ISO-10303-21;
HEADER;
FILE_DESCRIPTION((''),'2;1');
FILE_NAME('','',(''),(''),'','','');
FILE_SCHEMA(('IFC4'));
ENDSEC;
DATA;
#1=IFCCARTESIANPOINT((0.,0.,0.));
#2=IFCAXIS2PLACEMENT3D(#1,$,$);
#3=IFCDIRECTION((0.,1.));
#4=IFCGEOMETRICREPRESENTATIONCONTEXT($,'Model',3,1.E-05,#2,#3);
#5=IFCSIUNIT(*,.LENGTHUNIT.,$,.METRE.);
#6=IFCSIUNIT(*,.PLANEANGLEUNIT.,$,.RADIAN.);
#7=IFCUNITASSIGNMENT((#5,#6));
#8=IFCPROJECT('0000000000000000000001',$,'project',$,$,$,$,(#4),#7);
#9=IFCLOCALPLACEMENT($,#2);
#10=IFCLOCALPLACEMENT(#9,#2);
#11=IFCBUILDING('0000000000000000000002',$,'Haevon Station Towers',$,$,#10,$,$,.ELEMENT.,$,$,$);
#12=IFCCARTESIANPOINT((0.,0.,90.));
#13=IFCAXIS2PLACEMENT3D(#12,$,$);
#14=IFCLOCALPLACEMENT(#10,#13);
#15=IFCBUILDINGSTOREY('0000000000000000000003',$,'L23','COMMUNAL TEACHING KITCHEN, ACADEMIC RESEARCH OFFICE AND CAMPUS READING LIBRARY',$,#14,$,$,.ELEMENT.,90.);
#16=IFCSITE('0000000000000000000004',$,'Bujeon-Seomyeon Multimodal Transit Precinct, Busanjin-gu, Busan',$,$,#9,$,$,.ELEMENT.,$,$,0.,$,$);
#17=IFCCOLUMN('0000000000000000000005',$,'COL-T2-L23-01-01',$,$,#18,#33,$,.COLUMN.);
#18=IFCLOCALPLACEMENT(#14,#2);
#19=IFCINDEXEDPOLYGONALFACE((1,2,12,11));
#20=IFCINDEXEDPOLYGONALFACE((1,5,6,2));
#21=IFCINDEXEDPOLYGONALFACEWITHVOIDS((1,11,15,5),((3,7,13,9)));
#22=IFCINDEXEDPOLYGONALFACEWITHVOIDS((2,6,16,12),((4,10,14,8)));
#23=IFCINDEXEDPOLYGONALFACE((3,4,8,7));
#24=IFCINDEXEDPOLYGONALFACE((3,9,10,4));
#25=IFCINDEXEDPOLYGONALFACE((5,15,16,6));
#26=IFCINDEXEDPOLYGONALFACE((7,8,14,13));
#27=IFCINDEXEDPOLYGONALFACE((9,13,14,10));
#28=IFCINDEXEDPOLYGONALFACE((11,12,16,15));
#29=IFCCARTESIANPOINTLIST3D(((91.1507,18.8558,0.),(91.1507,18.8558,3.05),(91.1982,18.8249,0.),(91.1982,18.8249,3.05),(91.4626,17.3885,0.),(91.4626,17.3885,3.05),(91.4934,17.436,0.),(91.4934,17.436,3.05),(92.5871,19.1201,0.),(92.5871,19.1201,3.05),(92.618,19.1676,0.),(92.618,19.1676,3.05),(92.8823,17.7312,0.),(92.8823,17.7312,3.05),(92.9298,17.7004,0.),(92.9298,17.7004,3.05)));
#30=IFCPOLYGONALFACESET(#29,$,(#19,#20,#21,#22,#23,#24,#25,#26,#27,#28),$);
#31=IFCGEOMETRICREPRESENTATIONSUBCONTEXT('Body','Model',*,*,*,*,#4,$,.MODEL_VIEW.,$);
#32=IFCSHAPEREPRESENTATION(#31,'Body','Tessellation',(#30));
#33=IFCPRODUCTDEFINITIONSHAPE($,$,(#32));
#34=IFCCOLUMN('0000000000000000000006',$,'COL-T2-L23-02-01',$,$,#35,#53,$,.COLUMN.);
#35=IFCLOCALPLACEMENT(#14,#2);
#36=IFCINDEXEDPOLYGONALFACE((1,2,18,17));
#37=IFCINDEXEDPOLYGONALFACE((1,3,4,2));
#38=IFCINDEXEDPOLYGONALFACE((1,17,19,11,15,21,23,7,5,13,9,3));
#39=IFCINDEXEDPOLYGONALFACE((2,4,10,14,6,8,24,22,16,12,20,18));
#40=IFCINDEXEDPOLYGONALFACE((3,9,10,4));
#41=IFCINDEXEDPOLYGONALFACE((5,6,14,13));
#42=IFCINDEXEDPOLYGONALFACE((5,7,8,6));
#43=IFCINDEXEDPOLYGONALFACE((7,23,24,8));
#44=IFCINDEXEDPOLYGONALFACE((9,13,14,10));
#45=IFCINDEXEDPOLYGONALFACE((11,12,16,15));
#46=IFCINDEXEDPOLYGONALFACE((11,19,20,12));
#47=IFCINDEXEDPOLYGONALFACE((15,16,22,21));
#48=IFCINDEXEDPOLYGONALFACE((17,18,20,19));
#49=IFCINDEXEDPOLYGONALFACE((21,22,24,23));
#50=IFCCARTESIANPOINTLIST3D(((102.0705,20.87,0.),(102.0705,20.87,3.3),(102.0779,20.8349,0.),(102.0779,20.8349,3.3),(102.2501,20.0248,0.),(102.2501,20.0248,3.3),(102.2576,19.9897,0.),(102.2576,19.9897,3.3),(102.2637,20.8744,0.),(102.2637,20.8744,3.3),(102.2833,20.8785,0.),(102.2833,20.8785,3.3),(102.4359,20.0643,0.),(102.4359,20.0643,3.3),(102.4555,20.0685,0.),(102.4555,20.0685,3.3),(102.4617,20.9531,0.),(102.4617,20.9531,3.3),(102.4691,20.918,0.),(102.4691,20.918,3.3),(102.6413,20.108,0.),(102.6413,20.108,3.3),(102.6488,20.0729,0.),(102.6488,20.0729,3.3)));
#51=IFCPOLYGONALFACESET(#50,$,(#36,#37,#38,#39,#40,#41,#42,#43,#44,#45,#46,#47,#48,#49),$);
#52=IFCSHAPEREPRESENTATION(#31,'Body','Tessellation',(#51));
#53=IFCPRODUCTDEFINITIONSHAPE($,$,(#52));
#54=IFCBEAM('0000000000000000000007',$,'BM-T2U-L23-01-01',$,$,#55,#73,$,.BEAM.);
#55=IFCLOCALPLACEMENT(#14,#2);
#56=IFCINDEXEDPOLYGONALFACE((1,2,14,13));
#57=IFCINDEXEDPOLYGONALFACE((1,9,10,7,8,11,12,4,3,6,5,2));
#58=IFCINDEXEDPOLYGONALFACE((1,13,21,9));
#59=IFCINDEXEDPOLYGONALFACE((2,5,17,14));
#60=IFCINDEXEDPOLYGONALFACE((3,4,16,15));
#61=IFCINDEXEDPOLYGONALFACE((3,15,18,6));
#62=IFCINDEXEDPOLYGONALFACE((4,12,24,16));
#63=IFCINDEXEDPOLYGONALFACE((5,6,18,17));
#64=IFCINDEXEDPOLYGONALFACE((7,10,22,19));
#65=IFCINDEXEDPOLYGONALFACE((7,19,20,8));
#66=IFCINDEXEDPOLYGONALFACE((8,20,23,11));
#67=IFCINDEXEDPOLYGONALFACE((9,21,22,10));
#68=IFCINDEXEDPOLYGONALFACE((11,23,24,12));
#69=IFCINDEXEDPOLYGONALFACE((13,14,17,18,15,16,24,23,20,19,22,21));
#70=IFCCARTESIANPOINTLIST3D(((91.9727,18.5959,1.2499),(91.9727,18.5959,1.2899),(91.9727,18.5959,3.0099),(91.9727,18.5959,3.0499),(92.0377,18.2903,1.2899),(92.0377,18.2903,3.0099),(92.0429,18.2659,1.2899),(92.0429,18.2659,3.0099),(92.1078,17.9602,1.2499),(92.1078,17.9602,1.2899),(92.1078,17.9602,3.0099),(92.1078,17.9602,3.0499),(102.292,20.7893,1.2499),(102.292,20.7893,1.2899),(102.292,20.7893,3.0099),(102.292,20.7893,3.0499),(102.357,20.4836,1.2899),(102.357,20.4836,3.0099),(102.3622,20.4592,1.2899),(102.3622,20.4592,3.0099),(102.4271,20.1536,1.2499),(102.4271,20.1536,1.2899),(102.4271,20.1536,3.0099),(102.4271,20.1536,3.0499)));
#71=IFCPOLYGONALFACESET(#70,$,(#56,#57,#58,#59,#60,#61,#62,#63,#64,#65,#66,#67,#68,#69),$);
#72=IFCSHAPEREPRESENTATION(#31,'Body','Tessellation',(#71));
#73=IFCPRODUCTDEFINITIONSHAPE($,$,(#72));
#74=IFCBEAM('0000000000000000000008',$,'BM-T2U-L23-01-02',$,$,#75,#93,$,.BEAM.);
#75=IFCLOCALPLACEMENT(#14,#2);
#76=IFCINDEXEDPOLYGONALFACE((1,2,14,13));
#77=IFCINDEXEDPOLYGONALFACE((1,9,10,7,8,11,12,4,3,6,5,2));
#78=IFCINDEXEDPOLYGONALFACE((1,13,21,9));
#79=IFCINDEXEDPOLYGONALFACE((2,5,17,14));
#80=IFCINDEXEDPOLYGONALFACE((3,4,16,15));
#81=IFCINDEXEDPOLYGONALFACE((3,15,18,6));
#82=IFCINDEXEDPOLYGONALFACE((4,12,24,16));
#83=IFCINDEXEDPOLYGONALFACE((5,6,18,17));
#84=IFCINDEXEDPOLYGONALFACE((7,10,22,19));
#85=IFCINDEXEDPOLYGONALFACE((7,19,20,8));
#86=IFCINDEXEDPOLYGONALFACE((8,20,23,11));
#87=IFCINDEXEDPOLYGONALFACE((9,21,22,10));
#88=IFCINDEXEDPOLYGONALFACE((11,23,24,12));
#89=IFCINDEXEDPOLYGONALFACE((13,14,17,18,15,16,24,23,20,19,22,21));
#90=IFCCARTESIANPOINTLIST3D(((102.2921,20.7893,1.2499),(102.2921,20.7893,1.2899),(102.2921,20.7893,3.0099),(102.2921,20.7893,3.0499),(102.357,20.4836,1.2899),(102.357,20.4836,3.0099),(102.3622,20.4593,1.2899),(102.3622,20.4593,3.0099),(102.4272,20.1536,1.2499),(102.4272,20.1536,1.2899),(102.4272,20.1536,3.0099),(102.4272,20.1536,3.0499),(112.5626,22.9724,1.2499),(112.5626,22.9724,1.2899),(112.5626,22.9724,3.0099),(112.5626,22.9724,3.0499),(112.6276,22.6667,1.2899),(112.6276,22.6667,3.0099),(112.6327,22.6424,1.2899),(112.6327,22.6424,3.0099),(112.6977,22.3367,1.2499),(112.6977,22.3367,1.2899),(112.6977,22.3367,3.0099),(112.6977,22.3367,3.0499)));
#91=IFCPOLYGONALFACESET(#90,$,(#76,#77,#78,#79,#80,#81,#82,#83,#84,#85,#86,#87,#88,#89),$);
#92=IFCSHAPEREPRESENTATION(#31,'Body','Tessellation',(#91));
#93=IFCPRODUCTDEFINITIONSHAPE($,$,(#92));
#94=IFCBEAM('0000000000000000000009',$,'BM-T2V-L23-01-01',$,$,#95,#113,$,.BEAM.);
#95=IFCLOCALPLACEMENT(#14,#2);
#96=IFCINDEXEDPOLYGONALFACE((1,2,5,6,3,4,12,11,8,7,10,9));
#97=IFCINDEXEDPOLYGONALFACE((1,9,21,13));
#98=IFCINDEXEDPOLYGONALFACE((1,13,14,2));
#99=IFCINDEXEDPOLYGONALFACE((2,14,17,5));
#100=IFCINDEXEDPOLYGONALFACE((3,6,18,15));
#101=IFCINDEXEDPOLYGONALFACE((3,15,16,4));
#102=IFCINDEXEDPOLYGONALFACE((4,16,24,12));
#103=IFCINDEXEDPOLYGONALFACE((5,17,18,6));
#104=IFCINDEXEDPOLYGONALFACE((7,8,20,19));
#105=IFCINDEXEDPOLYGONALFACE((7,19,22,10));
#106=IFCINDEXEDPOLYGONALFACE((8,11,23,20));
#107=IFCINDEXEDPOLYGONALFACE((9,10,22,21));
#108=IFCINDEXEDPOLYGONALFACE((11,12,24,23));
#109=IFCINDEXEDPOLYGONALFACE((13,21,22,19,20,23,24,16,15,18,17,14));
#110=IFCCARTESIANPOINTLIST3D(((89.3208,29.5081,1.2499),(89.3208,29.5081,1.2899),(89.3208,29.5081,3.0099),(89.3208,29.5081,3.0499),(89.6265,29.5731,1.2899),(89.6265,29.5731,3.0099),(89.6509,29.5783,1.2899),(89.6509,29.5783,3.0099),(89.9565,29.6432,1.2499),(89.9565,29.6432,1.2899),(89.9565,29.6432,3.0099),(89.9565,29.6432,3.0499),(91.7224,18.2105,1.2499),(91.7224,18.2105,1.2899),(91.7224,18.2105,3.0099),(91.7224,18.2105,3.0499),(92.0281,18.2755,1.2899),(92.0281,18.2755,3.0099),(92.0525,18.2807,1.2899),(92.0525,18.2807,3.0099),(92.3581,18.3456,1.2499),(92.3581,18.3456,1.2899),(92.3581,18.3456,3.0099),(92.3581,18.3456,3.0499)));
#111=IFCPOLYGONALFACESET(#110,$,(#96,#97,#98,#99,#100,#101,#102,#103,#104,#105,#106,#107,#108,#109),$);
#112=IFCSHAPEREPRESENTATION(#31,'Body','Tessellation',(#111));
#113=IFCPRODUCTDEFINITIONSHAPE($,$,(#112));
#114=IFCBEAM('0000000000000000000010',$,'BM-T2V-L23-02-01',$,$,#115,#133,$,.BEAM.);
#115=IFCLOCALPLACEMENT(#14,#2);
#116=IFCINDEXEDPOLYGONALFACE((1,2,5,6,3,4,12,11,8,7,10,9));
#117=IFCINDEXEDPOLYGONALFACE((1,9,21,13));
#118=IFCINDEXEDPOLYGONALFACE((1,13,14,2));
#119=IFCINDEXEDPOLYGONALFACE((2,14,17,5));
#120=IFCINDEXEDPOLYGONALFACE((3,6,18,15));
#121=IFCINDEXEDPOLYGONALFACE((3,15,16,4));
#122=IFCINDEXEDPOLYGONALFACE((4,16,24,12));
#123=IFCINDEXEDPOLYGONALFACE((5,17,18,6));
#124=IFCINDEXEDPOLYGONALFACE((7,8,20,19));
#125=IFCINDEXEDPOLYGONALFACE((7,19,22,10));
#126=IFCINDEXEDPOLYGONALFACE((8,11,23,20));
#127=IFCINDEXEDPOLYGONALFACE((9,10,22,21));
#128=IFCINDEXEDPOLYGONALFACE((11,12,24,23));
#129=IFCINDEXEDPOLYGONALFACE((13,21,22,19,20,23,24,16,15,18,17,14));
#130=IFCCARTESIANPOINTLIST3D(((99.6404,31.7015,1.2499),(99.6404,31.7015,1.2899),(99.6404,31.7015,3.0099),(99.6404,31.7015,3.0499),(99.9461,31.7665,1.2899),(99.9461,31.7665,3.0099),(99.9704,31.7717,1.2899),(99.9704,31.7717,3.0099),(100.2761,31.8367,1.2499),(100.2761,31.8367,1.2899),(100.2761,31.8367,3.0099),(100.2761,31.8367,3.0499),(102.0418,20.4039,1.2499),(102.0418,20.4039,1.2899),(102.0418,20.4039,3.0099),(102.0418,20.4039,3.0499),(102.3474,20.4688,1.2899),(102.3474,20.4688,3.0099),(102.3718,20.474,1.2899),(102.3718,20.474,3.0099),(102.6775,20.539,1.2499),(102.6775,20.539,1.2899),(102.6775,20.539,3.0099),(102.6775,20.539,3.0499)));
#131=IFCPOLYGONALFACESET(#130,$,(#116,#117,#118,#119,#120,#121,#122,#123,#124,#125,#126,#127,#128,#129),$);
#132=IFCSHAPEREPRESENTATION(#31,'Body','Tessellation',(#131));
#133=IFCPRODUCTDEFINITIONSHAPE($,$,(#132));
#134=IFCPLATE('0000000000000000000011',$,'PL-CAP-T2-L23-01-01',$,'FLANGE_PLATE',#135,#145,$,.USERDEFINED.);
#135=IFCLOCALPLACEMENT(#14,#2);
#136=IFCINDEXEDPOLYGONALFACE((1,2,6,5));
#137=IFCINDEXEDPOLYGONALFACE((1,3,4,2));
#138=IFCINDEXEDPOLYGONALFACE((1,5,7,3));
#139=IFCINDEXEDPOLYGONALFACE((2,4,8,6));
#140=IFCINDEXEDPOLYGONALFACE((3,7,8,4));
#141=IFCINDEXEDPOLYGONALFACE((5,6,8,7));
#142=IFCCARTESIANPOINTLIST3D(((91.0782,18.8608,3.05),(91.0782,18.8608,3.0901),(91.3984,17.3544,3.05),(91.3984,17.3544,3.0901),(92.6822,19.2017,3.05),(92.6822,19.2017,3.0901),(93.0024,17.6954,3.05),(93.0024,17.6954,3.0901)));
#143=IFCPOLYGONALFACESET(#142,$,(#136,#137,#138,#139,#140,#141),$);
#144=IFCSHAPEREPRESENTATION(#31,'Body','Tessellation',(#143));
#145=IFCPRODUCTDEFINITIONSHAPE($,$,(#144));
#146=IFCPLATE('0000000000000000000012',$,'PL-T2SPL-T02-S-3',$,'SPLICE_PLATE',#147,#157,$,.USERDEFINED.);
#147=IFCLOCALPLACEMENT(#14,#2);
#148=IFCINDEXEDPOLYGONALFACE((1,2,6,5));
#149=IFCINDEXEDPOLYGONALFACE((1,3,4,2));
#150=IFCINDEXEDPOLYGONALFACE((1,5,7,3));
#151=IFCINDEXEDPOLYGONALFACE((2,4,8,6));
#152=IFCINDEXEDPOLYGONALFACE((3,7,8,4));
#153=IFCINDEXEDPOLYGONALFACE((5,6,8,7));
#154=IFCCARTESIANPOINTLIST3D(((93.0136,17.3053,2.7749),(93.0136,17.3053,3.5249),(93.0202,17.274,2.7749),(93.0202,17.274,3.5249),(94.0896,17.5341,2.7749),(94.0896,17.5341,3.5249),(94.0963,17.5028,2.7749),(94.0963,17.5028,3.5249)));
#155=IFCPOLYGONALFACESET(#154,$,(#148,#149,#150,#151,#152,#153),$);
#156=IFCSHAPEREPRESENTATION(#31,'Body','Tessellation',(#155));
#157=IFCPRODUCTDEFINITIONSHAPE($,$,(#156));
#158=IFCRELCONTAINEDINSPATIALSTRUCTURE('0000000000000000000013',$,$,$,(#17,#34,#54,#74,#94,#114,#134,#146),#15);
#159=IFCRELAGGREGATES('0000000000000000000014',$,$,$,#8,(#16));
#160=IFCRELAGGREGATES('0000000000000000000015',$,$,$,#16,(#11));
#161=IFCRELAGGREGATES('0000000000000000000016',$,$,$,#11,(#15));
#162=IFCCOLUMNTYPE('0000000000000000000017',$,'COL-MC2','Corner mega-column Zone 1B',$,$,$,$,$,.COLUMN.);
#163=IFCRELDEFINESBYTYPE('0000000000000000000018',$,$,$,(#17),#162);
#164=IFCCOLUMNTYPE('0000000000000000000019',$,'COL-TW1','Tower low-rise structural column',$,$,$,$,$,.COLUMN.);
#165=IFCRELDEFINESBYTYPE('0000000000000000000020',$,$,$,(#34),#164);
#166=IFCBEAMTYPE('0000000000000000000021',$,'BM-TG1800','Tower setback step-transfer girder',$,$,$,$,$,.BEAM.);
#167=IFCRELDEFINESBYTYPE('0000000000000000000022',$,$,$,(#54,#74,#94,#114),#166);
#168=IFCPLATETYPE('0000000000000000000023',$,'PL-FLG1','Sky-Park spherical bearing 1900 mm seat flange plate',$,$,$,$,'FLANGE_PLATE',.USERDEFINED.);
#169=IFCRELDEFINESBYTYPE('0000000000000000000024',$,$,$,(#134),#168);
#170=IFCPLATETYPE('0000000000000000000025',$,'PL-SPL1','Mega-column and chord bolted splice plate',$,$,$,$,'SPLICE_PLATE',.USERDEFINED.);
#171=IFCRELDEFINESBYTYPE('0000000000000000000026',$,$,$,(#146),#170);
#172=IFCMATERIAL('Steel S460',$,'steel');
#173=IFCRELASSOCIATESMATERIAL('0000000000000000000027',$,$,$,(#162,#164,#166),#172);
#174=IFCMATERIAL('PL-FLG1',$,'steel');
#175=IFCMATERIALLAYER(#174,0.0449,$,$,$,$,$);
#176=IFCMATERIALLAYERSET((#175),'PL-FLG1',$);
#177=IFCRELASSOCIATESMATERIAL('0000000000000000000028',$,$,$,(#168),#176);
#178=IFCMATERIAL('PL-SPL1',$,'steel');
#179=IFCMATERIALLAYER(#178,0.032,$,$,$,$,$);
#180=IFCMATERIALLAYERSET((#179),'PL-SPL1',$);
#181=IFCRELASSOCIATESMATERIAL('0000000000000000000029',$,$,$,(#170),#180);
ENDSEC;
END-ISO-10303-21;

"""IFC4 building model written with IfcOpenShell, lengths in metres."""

from ifc_helpers import new_model, si_unit, direction, frame, origin, origin_2d, place, context, subcontext, project, spatial, rectangle, hollow_rectangle, i_section, extrude, material, layer, layer_set, material_profile, profile_set, type_object, element, save


model = new_model("IFC4")

# Units and contexts
model_context = context("Model", 3, precision=1e-05, world=origin(), true_north=direction((0.0, 1.0)))
body_context = subcontext(model_context, "Body", "Model", "MODEL_VIEW")
ifc_project = project(units=[si_unit("LENGTHUNIT", "METRE"), si_unit("PLANEANGLEUNIT", "RADIAN")], contexts=[model_context])

# Site, building, storey
site_placement = place(None, origin())
site = spatial("IfcSite", under=ifc_project, at=site_placement, Name="Bujeon-Seomyeon Multimodal Transit Precinct, Busanjin-gu, Busan", CompositionType="ELEMENT", RefElevation=0.0)
building_placement = place(site_placement, origin())
building = spatial("IfcBuilding", under=site, at=building_placement, Name="Haevon Station Towers", CompositionType="ELEMENT")
storey_placement = place(building_placement, frame((0.0, 0.0, 90.0)))
storey = spatial("IfcBuildingStorey", under=building, at=storey_placement, Name="L23", Description="COMMUNAL TEACHING KITCHEN, ACADEMIC RESEARCH OFFICE AND CAMPUS READING LIBRARY", CompositionType="ELEMENT", Elevation=90.0)

# Columns
ifc_material_1 = material(Name="Steel S460", Category="steel")
ifc_material_profile_1 = material_profile(ifc_material_1, hollow_rectangle(XDim=1.5, YDim=1.5, WallThickness=0.04, at=origin_2d()), Name="BOX-1500x1500x40")
ifc_profile_set_1 = profile_set([ifc_material_profile_1], Name="Steel S460")
column_type_1 = type_object("IfcColumnType", Name="COL-MC2", Description="Corner mega-column Zone 1B", PredefinedType="COLUMN", material=ifc_profile_set_1)
column_1_placement = place(storey_placement, frame((92.0403, 18.2781, 0.0), z_axis=(0.0, 0.0, 1.0), x_axis=(0.978148, 0.207912, 0.0)))
element("IfcColumn", 1, at=column_1_placement, inside=storey, type_object=column_type_1, Name="COL-T2-L23-01-01", PredefinedType="COLUMN", context=body_context, shape_type="SweptSolid", body=[
    extrude(hollow_rectangle(XDim=1.5, YDim=1.5, WallThickness=0.04, at=origin_2d()), origin(), (0.0, 0.0, 1.0), 3.05),
])
ifc_material_profile_2 = material_profile(ifc_material_1, i_section(OverallWidth=0.3999, OverallDepth=0.8999, WebThickness=0.02, FlangeThickness=0.0359, at=origin_2d()), Name="H-900x400x20x36")
ifc_profile_set_2 = profile_set([ifc_material_profile_2], Name="Steel S460")
column_type_2 = type_object("IfcColumnType", Name="COL-TW1", Description="Tower low-rise structural column", PredefinedType="COLUMN", material=ifc_profile_set_2)
column_2_placement = place(storey_placement, frame((102.3596, 20.4714, 0.0), z_axis=(0.0, 0.0, 1.0), x_axis=(0.978148, 0.207912, 0.0)))
element("IfcColumn", 2, at=column_2_placement, inside=storey, type_object=column_type_2, Name="COL-T2-L23-02-01", PredefinedType="COLUMN", context=body_context, shape_type="SweptSolid", body=[
    extrude(i_section(OverallWidth=0.3999, OverallDepth=0.8999, WebThickness=0.02, FlangeThickness=0.0359, at=origin_2d()), origin(), (0.0, 0.0, 1.0), 3.3),
])

# Beams
ifc_material_profile_3 = material_profile(ifc_material_1, i_section(OverallWidth=0.6499, OverallDepth=1.8, WebThickness=0.0249, FlangeThickness=0.04, at=origin_2d()), Name="H-1800x650x25x40")
ifc_profile_set_3 = profile_set([ifc_material_profile_3], Name="Steel S460")
beam_type = type_object("IfcBeamType", Name="BM-TG1800", Description="Tower setback step-transfer girder", PredefinedType="BEAM", material=ifc_profile_set_3)
beam_1_placement = place(storey_placement, frame((92.0403, 18.2781, 2.1499), z_axis=(0.978149, 0.207904, 0.0), x_axis=(-0.207904, 0.978149, 0.0)))
element("IfcBeam", 3, at=beam_1_placement, inside=storey, type_object=beam_type, Name="BM-T2U-L23-01-01", PredefinedType="BEAM", context=body_context, shape_type="SweptSolid", body=[
    extrude(i_section(OverallWidth=0.6499, OverallDepth=1.8, WebThickness=0.0249, FlangeThickness=0.04, at=origin_2d()), origin(), (0.0, 0.0, 1.0), 10.5498),
])
beam_2_placement = place(storey_placement, frame((102.3596, 20.4714, 2.1499), z_axis=(0.978147, 0.207915, 0.0), x_axis=(-0.207915, 0.978147, 0.0)))
element("IfcBeam", 4, at=beam_2_placement, inside=storey, type_object=beam_type, Name="BM-T2U-L23-01-02", PredefinedType="BEAM", context=body_context, shape_type="SweptSolid", body=[
    extrude(i_section(OverallWidth=0.6499, OverallDepth=1.8, WebThickness=0.0249, FlangeThickness=0.04, at=origin_2d()), origin(), (0.0, 0.0, 1.0), 10.5),
])
for number, where, z_axis, x_axis, name in (
    (5, (92.0403, 18.2781, 2.1499), (-0.207931, 0.978144, 0.0), (-0.978144, -0.207931, 0.0), "BM-T2V-L23-01-01"),
    (6, (102.3596, 20.4714, 2.1499), (-0.207911, 0.978148, 0.0), (-0.978148, -0.207911, 0.0), "BM-T2V-L23-02-01"),
):
    element("IfcBeam", number, at=place(storey_placement, frame(where, z_axis=z_axis, x_axis=x_axis)), inside=storey, type_object=beam_type, Name=name, PredefinedType="BEAM", context=body_context, shape_type="SweptSolid", body=[
        extrude(i_section(OverallWidth=0.6499, OverallDepth=1.8, WebThickness=0.0249, FlangeThickness=0.04, at=origin_2d()), origin(), (0.0, 0.0, 1.0), 11.55),
    ])

# Plates
ifc_material_2 = material(Name="PL-FLG1", Category="steel")
ifc_layer_1 = layer(ifc_material_2, 0.0449)
ifc_layer_set_1 = layer_set([ifc_layer_1], Name="PL-FLG1")
plate_type_1 = type_object("IfcPlateType", Name="PL-FLG1", Description="Sky-Park spherical bearing 1900 mm seat flange plate", ElementType="FLANGE_PLATE", PredefinedType="USERDEFINED", material=ifc_layer_set_1)
plate_1_placement = place(storey_placement, frame((92.0403, 18.2781, 3.05), z_axis=(0.0, 0.0, 1.0), x_axis=(0.978148, 0.207912, 0.0)))
element("IfcPlate", 7, at=plate_1_placement, inside=storey, type_object=plate_type_1, Name="PL-CAP-T2-L23-01-01", ObjectType="FLANGE_PLATE", PredefinedType="USERDEFINED", context=body_context, shape_type="SweptSolid", body=[
    extrude(rectangle(XDim=1.6399, YDim=1.54, at=origin_2d()), origin(), (0.0, 0.0, 1.0), 0.04),
])
ifc_material_3 = material(Name="PL-SPL1", Category="steel")
ifc_layer_2 = layer(ifc_material_3, 0.032)
ifc_layer_set_2 = layer_set([ifc_layer_2], Name="PL-SPL1")
plate_type_2 = type_object("IfcPlateType", Name="PL-SPL1", Description="Mega-column and chord bolted splice plate", ElementType="SPLICE_PLATE", PredefinedType="USERDEFINED", material=ifc_layer_set_2)
plate_2_placement = place(storey_placement, frame((93.5549, 17.4041, 2.7749), z_axis=(0.0, 0.0, 1.0), x_axis=(0.978148, 0.207912, 0.0)))
element("IfcPlate", 8, at=plate_2_placement, inside=storey, type_object=plate_type_2, Name="PL-T2SPL-T02-S-3", ObjectType="SPLICE_PLATE", PredefinedType="USERDEFINED", context=body_context, shape_type="SweptSolid", body=[
    extrude(rectangle(XDim=1.1001, YDim=0.032, at=origin_2d()), origin(), (0.0, 0.0, 1.0), 0.75),
])

save(model, "model.ifc")
